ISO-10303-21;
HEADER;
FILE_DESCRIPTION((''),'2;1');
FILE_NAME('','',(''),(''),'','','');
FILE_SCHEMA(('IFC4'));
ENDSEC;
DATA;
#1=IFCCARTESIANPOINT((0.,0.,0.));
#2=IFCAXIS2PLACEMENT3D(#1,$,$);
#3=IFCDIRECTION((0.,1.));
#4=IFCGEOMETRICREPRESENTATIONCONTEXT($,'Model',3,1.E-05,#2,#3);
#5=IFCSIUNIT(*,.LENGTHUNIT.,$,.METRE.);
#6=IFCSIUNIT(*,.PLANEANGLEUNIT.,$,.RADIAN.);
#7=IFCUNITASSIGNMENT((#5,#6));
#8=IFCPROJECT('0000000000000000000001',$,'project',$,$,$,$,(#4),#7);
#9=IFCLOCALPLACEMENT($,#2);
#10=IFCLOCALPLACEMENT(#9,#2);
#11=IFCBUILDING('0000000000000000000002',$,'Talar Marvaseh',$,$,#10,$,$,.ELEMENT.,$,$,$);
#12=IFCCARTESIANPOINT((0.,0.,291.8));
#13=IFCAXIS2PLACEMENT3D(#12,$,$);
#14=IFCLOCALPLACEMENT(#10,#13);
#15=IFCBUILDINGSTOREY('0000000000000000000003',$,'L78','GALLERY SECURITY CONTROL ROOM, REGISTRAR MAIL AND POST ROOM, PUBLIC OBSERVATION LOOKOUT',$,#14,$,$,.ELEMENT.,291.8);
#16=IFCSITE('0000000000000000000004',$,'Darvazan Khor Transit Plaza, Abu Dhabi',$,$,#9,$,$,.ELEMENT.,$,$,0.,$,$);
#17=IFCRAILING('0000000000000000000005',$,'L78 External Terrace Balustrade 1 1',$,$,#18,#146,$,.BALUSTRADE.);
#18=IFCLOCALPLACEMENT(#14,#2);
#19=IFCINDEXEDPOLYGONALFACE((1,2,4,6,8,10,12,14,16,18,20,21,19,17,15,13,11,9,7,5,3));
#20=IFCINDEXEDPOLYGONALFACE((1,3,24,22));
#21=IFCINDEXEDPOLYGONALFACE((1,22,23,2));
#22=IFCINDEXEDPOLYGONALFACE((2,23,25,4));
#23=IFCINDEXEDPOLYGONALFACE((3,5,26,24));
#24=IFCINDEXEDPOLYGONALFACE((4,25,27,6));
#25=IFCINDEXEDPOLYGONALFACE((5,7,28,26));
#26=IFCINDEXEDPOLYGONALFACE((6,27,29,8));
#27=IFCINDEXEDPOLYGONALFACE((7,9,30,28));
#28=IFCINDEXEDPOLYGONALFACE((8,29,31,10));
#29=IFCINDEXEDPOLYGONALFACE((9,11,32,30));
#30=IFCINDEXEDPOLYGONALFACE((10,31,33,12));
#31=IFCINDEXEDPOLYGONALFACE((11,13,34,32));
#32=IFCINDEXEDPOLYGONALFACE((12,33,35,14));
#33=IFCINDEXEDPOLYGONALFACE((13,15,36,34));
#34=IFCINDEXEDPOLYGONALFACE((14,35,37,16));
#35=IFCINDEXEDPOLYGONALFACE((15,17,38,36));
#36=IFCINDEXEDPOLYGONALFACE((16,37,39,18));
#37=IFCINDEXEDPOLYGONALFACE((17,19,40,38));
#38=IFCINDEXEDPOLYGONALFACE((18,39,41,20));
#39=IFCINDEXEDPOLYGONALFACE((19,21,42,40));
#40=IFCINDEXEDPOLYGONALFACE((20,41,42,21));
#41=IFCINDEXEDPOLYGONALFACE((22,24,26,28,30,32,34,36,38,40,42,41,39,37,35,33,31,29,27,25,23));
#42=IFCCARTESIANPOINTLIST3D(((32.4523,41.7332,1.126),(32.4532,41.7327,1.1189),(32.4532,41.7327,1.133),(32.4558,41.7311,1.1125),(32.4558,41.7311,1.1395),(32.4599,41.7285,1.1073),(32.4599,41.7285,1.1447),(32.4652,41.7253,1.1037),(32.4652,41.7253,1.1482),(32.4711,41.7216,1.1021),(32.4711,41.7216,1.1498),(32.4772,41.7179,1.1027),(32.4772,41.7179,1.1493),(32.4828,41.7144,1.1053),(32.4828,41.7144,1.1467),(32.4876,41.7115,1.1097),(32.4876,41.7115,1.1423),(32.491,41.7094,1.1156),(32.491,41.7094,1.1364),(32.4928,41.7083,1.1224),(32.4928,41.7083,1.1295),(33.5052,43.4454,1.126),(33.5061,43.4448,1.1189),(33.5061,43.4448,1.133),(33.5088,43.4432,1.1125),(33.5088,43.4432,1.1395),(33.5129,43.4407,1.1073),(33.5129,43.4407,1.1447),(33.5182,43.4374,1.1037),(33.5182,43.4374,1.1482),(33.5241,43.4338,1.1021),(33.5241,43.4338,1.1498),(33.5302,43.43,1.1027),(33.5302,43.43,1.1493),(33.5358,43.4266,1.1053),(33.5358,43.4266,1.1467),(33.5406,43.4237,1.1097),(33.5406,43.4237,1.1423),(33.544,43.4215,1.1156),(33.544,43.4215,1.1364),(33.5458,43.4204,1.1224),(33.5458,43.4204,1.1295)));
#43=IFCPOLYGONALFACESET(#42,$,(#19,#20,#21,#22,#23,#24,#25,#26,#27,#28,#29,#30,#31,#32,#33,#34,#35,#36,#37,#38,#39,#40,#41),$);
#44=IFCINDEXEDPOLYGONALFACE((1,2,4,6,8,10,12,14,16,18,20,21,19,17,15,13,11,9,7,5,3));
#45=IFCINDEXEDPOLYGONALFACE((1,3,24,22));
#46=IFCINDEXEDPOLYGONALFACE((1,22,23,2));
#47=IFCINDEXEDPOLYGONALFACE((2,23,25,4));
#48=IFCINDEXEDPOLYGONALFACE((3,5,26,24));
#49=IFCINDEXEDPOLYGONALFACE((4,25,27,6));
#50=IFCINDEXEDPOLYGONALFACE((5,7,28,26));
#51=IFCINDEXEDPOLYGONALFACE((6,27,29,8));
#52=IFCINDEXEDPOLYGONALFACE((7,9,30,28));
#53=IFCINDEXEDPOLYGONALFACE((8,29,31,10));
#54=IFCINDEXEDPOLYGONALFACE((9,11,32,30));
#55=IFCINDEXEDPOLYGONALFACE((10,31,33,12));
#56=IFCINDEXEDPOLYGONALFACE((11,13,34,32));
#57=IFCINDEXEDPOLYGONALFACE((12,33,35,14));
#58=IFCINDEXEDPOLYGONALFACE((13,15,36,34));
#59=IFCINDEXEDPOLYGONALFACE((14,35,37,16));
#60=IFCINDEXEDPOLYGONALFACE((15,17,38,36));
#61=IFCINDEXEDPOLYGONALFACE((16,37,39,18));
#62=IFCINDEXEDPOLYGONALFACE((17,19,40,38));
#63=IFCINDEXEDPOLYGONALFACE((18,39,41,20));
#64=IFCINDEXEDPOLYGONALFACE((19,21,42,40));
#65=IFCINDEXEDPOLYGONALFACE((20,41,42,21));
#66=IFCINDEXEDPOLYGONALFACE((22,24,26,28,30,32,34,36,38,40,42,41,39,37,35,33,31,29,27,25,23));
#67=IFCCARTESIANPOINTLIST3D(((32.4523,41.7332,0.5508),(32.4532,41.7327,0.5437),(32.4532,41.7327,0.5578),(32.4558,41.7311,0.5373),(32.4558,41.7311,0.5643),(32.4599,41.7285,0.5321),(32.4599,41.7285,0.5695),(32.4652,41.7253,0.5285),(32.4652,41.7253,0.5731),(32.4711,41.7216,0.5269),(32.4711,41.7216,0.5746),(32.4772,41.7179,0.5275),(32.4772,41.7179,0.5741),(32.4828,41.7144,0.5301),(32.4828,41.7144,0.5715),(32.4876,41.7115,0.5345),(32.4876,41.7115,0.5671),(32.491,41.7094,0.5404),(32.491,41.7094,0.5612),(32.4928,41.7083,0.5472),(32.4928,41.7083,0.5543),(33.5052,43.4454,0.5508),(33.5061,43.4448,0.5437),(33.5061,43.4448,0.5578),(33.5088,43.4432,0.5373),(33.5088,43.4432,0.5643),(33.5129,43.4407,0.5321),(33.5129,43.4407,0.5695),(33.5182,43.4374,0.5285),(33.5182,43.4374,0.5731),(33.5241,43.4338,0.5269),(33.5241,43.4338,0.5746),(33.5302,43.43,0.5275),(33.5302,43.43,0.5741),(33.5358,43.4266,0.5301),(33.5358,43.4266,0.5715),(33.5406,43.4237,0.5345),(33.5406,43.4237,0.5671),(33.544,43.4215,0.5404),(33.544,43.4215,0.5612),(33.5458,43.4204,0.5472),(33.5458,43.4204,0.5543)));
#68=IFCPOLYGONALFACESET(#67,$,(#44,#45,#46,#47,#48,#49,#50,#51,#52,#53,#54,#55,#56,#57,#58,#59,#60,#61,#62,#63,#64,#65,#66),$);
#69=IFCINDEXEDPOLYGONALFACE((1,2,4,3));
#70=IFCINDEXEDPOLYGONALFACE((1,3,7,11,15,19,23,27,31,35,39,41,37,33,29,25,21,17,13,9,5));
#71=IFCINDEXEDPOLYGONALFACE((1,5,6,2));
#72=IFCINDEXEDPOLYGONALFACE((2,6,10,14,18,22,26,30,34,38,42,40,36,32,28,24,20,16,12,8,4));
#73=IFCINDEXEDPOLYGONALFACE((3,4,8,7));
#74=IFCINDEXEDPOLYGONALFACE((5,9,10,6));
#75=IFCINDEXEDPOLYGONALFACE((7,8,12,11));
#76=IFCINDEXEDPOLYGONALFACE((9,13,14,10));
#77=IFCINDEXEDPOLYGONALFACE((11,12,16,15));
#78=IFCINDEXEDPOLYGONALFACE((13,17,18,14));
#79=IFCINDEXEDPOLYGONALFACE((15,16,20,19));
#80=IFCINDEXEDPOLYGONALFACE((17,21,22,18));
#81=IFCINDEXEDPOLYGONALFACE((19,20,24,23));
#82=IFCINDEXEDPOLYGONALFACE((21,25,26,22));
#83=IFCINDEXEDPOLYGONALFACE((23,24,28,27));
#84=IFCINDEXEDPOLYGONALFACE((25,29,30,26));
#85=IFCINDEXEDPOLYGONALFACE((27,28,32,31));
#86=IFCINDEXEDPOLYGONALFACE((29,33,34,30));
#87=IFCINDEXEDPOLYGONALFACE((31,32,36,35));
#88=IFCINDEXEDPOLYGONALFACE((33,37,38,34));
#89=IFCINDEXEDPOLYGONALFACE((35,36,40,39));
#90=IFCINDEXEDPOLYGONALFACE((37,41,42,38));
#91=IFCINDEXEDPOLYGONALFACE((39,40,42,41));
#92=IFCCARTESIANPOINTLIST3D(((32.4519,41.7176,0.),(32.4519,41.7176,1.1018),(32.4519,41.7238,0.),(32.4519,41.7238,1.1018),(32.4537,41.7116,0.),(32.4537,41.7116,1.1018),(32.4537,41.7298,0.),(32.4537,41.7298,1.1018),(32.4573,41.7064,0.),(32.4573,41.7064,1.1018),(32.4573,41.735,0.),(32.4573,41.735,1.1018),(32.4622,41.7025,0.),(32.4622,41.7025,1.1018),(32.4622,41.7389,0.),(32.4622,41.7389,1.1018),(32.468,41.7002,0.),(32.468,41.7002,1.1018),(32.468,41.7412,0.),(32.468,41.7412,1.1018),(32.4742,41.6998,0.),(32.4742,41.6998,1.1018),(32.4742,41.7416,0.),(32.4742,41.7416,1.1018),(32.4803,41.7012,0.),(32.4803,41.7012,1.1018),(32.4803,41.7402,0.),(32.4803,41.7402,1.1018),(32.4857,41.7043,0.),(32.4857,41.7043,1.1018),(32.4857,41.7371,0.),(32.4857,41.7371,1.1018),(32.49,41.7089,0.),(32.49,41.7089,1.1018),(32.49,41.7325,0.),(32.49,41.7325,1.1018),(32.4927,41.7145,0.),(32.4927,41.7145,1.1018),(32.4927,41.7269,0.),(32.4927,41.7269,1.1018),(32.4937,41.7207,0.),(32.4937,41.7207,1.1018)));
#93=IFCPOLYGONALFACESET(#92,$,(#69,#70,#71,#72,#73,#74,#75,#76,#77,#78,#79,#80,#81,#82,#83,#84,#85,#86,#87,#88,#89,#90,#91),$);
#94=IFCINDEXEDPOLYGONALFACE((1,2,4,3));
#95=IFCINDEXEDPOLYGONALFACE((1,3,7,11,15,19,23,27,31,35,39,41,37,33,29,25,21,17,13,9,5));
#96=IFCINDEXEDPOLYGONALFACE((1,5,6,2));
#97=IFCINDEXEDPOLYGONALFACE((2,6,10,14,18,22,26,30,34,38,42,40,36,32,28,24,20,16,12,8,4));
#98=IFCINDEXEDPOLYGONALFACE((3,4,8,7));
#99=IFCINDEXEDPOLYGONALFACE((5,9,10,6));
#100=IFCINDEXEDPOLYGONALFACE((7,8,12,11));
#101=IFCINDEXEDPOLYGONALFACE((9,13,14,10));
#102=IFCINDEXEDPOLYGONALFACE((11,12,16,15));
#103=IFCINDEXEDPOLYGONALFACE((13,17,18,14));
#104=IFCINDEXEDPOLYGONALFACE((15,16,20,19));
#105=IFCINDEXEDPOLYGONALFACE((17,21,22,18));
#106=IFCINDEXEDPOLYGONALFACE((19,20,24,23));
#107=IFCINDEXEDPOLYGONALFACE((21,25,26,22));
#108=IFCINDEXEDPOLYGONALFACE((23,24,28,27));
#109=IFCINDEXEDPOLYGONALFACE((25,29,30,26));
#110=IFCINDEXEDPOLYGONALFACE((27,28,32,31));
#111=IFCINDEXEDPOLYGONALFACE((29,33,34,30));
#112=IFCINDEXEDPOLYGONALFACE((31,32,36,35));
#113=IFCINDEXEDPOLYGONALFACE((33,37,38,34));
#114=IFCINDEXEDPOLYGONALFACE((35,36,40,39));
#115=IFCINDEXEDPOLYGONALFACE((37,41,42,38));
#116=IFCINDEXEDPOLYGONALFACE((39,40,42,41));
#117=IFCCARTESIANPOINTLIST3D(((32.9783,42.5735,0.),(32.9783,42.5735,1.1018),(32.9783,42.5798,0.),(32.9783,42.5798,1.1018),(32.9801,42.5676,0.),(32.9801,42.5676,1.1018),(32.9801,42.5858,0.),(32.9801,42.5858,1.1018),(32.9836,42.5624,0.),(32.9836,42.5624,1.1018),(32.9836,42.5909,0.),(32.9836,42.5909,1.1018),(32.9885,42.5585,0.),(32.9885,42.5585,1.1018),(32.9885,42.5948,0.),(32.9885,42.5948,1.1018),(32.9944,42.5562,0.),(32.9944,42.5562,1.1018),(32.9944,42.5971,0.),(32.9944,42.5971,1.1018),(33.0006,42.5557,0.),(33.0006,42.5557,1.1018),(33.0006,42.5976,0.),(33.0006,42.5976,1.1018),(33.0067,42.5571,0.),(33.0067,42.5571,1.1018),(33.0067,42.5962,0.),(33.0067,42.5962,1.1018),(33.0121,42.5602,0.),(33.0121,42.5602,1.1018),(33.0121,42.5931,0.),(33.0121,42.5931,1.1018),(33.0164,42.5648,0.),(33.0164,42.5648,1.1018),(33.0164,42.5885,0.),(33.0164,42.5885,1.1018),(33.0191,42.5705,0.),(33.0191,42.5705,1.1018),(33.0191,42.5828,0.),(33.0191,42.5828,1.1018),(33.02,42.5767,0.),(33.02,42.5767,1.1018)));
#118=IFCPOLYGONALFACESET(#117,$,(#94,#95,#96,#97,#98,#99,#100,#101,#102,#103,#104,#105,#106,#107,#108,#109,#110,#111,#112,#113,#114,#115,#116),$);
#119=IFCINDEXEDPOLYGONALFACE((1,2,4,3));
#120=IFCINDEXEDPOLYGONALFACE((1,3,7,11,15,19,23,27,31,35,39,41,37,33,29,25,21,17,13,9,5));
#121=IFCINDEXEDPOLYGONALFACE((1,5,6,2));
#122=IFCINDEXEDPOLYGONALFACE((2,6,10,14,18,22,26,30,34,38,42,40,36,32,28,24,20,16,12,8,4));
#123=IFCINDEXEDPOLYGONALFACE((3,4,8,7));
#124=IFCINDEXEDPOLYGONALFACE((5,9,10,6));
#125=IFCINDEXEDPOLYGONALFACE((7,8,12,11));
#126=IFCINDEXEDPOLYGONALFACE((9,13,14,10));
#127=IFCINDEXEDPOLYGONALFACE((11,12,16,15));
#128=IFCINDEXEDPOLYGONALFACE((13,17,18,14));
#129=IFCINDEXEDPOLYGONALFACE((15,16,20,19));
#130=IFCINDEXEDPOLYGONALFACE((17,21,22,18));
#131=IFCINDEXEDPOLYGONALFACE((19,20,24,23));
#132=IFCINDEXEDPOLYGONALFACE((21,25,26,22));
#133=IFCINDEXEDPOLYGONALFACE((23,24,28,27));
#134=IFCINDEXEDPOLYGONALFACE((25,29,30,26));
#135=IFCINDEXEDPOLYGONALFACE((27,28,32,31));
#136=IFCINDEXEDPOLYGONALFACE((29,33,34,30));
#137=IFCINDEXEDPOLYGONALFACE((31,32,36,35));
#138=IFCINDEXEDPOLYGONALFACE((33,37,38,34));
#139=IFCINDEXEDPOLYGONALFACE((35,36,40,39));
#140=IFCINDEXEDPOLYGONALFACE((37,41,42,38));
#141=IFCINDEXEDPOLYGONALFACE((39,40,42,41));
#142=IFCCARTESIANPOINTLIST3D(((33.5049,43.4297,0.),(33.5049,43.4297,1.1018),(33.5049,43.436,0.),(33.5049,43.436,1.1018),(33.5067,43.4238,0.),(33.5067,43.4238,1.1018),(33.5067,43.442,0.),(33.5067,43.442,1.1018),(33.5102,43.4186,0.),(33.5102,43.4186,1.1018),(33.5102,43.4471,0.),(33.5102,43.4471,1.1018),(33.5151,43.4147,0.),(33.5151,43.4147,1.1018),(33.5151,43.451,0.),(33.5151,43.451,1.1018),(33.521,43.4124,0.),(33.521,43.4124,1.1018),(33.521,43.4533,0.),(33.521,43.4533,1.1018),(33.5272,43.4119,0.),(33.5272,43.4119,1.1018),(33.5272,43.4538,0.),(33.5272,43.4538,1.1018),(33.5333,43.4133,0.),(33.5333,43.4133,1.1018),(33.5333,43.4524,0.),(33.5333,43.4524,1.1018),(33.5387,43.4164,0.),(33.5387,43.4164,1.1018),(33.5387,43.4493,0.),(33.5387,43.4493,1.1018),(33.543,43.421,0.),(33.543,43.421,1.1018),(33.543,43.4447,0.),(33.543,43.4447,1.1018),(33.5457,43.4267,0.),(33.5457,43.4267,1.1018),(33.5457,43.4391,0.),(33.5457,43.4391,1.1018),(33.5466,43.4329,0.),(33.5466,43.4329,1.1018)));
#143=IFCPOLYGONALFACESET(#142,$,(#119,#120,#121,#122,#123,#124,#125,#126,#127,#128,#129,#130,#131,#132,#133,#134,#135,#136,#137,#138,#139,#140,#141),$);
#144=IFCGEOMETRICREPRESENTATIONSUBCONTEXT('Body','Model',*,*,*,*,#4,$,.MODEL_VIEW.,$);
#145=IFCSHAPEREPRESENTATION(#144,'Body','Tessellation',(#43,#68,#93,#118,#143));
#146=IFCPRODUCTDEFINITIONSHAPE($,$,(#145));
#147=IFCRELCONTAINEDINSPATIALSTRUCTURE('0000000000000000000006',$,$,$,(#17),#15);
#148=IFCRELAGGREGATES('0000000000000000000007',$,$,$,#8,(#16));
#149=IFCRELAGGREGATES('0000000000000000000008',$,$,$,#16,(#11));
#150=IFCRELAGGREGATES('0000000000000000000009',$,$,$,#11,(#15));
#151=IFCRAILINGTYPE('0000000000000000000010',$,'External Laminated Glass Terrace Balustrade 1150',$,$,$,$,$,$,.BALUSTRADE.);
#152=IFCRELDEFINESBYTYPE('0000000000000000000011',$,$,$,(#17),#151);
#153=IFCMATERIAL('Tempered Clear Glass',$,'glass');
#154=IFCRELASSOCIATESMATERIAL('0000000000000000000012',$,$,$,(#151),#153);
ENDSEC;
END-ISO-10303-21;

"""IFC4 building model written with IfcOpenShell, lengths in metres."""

from ifc_helpers import new_model, si_unit, direction, frame, origin, origin_2d, place, context, subcontext, project, spatial, circle, extrude, material, type_object, element, save


model = new_model("IFC4")

# Units and contexts
model_context = context("Model", 3, precision=1e-05, world=origin(), true_north=direction((0.0, 1.0)))
body_context = subcontext(model_context, "Body", "Model", "MODEL_VIEW")
ifc_project = project(units=[si_unit("LENGTHUNIT", "METRE"), si_unit("PLANEANGLEUNIT", "RADIAN")], contexts=[model_context])

# Site, building, storey
site_placement = place(None, origin())
site = spatial("IfcSite", under=ifc_project, at=site_placement, Name="Darvazan Khor Transit Plaza, Abu Dhabi", CompositionType="ELEMENT", RefElevation=0.0)
building_placement = place(site_placement, origin())
building = spatial("IfcBuilding", under=site, at=building_placement, Name="Talar Marvaseh", CompositionType="ELEMENT")
storey_placement = place(building_placement, frame((0.0, 0.0, 291.8)))
storey = spatial("IfcBuildingStorey", under=building, at=storey_placement, Name="L78", Description="GALLERY SECURITY CONTROL ROOM, REGISTRAR MAIL AND POST ROOM, PUBLIC OBSERVATION LOOKOUT", CompositionType="ELEMENT", Elevation=291.8)

# Railing
ifc_material_1 = material(Name="Tempered Clear Glass", Category="glass")
railing_type = type_object("IfcRailingType", Name="External Laminated Glass Terrace Balustrade 1150", PredefinedType="BALUSTRADE", material=ifc_material_1)
railing_1_placement = place(storey_placement, frame((32.4727, 41.7207, 0.0)))
element("IfcRailing", 1, at=railing_1_placement, inside=storey, type_object=railing_type, Name="L78 External Terrace Balustrade 1 1", PredefinedType="BALUSTRADE", context=body_context, shape_type="SweptSolid", body=[
    extrude(circle(Radius=0.0239, at=origin_2d()), frame((0.0, 0.0, 1.126), z_axis=(0.52386, 0.851804, 0.0), x_axis=(-0.851804, 0.52386, 0.0)), (0.0, 0.0, 1.0), 2.01),
    extrude(circle(Radius=0.0239, at=origin_2d()), frame((0.0, 0.0, 0.5508), z_axis=(0.52386, 0.851804, 0.0), x_axis=(-0.851804, 0.52386, 0.0)), (0.0, 0.0, 1.0), 2.01),
    extrude(circle(Radius=0.021, at=origin_2d()), origin(), (0.0, 0.0, 1.0), 1.1018),
    extrude(circle(Radius=0.021, at=origin_2d()), frame((0.5264, 0.856, 0.0)), (0.0, 0.0, 1.0), 1.1018),
    extrude(circle(Radius=0.021, at=origin_2d()), frame((1.053, 1.7122, 0.0)), (0.0, 0.0, 1.0), 1.1018),
])

save(model, "model.ifc")
